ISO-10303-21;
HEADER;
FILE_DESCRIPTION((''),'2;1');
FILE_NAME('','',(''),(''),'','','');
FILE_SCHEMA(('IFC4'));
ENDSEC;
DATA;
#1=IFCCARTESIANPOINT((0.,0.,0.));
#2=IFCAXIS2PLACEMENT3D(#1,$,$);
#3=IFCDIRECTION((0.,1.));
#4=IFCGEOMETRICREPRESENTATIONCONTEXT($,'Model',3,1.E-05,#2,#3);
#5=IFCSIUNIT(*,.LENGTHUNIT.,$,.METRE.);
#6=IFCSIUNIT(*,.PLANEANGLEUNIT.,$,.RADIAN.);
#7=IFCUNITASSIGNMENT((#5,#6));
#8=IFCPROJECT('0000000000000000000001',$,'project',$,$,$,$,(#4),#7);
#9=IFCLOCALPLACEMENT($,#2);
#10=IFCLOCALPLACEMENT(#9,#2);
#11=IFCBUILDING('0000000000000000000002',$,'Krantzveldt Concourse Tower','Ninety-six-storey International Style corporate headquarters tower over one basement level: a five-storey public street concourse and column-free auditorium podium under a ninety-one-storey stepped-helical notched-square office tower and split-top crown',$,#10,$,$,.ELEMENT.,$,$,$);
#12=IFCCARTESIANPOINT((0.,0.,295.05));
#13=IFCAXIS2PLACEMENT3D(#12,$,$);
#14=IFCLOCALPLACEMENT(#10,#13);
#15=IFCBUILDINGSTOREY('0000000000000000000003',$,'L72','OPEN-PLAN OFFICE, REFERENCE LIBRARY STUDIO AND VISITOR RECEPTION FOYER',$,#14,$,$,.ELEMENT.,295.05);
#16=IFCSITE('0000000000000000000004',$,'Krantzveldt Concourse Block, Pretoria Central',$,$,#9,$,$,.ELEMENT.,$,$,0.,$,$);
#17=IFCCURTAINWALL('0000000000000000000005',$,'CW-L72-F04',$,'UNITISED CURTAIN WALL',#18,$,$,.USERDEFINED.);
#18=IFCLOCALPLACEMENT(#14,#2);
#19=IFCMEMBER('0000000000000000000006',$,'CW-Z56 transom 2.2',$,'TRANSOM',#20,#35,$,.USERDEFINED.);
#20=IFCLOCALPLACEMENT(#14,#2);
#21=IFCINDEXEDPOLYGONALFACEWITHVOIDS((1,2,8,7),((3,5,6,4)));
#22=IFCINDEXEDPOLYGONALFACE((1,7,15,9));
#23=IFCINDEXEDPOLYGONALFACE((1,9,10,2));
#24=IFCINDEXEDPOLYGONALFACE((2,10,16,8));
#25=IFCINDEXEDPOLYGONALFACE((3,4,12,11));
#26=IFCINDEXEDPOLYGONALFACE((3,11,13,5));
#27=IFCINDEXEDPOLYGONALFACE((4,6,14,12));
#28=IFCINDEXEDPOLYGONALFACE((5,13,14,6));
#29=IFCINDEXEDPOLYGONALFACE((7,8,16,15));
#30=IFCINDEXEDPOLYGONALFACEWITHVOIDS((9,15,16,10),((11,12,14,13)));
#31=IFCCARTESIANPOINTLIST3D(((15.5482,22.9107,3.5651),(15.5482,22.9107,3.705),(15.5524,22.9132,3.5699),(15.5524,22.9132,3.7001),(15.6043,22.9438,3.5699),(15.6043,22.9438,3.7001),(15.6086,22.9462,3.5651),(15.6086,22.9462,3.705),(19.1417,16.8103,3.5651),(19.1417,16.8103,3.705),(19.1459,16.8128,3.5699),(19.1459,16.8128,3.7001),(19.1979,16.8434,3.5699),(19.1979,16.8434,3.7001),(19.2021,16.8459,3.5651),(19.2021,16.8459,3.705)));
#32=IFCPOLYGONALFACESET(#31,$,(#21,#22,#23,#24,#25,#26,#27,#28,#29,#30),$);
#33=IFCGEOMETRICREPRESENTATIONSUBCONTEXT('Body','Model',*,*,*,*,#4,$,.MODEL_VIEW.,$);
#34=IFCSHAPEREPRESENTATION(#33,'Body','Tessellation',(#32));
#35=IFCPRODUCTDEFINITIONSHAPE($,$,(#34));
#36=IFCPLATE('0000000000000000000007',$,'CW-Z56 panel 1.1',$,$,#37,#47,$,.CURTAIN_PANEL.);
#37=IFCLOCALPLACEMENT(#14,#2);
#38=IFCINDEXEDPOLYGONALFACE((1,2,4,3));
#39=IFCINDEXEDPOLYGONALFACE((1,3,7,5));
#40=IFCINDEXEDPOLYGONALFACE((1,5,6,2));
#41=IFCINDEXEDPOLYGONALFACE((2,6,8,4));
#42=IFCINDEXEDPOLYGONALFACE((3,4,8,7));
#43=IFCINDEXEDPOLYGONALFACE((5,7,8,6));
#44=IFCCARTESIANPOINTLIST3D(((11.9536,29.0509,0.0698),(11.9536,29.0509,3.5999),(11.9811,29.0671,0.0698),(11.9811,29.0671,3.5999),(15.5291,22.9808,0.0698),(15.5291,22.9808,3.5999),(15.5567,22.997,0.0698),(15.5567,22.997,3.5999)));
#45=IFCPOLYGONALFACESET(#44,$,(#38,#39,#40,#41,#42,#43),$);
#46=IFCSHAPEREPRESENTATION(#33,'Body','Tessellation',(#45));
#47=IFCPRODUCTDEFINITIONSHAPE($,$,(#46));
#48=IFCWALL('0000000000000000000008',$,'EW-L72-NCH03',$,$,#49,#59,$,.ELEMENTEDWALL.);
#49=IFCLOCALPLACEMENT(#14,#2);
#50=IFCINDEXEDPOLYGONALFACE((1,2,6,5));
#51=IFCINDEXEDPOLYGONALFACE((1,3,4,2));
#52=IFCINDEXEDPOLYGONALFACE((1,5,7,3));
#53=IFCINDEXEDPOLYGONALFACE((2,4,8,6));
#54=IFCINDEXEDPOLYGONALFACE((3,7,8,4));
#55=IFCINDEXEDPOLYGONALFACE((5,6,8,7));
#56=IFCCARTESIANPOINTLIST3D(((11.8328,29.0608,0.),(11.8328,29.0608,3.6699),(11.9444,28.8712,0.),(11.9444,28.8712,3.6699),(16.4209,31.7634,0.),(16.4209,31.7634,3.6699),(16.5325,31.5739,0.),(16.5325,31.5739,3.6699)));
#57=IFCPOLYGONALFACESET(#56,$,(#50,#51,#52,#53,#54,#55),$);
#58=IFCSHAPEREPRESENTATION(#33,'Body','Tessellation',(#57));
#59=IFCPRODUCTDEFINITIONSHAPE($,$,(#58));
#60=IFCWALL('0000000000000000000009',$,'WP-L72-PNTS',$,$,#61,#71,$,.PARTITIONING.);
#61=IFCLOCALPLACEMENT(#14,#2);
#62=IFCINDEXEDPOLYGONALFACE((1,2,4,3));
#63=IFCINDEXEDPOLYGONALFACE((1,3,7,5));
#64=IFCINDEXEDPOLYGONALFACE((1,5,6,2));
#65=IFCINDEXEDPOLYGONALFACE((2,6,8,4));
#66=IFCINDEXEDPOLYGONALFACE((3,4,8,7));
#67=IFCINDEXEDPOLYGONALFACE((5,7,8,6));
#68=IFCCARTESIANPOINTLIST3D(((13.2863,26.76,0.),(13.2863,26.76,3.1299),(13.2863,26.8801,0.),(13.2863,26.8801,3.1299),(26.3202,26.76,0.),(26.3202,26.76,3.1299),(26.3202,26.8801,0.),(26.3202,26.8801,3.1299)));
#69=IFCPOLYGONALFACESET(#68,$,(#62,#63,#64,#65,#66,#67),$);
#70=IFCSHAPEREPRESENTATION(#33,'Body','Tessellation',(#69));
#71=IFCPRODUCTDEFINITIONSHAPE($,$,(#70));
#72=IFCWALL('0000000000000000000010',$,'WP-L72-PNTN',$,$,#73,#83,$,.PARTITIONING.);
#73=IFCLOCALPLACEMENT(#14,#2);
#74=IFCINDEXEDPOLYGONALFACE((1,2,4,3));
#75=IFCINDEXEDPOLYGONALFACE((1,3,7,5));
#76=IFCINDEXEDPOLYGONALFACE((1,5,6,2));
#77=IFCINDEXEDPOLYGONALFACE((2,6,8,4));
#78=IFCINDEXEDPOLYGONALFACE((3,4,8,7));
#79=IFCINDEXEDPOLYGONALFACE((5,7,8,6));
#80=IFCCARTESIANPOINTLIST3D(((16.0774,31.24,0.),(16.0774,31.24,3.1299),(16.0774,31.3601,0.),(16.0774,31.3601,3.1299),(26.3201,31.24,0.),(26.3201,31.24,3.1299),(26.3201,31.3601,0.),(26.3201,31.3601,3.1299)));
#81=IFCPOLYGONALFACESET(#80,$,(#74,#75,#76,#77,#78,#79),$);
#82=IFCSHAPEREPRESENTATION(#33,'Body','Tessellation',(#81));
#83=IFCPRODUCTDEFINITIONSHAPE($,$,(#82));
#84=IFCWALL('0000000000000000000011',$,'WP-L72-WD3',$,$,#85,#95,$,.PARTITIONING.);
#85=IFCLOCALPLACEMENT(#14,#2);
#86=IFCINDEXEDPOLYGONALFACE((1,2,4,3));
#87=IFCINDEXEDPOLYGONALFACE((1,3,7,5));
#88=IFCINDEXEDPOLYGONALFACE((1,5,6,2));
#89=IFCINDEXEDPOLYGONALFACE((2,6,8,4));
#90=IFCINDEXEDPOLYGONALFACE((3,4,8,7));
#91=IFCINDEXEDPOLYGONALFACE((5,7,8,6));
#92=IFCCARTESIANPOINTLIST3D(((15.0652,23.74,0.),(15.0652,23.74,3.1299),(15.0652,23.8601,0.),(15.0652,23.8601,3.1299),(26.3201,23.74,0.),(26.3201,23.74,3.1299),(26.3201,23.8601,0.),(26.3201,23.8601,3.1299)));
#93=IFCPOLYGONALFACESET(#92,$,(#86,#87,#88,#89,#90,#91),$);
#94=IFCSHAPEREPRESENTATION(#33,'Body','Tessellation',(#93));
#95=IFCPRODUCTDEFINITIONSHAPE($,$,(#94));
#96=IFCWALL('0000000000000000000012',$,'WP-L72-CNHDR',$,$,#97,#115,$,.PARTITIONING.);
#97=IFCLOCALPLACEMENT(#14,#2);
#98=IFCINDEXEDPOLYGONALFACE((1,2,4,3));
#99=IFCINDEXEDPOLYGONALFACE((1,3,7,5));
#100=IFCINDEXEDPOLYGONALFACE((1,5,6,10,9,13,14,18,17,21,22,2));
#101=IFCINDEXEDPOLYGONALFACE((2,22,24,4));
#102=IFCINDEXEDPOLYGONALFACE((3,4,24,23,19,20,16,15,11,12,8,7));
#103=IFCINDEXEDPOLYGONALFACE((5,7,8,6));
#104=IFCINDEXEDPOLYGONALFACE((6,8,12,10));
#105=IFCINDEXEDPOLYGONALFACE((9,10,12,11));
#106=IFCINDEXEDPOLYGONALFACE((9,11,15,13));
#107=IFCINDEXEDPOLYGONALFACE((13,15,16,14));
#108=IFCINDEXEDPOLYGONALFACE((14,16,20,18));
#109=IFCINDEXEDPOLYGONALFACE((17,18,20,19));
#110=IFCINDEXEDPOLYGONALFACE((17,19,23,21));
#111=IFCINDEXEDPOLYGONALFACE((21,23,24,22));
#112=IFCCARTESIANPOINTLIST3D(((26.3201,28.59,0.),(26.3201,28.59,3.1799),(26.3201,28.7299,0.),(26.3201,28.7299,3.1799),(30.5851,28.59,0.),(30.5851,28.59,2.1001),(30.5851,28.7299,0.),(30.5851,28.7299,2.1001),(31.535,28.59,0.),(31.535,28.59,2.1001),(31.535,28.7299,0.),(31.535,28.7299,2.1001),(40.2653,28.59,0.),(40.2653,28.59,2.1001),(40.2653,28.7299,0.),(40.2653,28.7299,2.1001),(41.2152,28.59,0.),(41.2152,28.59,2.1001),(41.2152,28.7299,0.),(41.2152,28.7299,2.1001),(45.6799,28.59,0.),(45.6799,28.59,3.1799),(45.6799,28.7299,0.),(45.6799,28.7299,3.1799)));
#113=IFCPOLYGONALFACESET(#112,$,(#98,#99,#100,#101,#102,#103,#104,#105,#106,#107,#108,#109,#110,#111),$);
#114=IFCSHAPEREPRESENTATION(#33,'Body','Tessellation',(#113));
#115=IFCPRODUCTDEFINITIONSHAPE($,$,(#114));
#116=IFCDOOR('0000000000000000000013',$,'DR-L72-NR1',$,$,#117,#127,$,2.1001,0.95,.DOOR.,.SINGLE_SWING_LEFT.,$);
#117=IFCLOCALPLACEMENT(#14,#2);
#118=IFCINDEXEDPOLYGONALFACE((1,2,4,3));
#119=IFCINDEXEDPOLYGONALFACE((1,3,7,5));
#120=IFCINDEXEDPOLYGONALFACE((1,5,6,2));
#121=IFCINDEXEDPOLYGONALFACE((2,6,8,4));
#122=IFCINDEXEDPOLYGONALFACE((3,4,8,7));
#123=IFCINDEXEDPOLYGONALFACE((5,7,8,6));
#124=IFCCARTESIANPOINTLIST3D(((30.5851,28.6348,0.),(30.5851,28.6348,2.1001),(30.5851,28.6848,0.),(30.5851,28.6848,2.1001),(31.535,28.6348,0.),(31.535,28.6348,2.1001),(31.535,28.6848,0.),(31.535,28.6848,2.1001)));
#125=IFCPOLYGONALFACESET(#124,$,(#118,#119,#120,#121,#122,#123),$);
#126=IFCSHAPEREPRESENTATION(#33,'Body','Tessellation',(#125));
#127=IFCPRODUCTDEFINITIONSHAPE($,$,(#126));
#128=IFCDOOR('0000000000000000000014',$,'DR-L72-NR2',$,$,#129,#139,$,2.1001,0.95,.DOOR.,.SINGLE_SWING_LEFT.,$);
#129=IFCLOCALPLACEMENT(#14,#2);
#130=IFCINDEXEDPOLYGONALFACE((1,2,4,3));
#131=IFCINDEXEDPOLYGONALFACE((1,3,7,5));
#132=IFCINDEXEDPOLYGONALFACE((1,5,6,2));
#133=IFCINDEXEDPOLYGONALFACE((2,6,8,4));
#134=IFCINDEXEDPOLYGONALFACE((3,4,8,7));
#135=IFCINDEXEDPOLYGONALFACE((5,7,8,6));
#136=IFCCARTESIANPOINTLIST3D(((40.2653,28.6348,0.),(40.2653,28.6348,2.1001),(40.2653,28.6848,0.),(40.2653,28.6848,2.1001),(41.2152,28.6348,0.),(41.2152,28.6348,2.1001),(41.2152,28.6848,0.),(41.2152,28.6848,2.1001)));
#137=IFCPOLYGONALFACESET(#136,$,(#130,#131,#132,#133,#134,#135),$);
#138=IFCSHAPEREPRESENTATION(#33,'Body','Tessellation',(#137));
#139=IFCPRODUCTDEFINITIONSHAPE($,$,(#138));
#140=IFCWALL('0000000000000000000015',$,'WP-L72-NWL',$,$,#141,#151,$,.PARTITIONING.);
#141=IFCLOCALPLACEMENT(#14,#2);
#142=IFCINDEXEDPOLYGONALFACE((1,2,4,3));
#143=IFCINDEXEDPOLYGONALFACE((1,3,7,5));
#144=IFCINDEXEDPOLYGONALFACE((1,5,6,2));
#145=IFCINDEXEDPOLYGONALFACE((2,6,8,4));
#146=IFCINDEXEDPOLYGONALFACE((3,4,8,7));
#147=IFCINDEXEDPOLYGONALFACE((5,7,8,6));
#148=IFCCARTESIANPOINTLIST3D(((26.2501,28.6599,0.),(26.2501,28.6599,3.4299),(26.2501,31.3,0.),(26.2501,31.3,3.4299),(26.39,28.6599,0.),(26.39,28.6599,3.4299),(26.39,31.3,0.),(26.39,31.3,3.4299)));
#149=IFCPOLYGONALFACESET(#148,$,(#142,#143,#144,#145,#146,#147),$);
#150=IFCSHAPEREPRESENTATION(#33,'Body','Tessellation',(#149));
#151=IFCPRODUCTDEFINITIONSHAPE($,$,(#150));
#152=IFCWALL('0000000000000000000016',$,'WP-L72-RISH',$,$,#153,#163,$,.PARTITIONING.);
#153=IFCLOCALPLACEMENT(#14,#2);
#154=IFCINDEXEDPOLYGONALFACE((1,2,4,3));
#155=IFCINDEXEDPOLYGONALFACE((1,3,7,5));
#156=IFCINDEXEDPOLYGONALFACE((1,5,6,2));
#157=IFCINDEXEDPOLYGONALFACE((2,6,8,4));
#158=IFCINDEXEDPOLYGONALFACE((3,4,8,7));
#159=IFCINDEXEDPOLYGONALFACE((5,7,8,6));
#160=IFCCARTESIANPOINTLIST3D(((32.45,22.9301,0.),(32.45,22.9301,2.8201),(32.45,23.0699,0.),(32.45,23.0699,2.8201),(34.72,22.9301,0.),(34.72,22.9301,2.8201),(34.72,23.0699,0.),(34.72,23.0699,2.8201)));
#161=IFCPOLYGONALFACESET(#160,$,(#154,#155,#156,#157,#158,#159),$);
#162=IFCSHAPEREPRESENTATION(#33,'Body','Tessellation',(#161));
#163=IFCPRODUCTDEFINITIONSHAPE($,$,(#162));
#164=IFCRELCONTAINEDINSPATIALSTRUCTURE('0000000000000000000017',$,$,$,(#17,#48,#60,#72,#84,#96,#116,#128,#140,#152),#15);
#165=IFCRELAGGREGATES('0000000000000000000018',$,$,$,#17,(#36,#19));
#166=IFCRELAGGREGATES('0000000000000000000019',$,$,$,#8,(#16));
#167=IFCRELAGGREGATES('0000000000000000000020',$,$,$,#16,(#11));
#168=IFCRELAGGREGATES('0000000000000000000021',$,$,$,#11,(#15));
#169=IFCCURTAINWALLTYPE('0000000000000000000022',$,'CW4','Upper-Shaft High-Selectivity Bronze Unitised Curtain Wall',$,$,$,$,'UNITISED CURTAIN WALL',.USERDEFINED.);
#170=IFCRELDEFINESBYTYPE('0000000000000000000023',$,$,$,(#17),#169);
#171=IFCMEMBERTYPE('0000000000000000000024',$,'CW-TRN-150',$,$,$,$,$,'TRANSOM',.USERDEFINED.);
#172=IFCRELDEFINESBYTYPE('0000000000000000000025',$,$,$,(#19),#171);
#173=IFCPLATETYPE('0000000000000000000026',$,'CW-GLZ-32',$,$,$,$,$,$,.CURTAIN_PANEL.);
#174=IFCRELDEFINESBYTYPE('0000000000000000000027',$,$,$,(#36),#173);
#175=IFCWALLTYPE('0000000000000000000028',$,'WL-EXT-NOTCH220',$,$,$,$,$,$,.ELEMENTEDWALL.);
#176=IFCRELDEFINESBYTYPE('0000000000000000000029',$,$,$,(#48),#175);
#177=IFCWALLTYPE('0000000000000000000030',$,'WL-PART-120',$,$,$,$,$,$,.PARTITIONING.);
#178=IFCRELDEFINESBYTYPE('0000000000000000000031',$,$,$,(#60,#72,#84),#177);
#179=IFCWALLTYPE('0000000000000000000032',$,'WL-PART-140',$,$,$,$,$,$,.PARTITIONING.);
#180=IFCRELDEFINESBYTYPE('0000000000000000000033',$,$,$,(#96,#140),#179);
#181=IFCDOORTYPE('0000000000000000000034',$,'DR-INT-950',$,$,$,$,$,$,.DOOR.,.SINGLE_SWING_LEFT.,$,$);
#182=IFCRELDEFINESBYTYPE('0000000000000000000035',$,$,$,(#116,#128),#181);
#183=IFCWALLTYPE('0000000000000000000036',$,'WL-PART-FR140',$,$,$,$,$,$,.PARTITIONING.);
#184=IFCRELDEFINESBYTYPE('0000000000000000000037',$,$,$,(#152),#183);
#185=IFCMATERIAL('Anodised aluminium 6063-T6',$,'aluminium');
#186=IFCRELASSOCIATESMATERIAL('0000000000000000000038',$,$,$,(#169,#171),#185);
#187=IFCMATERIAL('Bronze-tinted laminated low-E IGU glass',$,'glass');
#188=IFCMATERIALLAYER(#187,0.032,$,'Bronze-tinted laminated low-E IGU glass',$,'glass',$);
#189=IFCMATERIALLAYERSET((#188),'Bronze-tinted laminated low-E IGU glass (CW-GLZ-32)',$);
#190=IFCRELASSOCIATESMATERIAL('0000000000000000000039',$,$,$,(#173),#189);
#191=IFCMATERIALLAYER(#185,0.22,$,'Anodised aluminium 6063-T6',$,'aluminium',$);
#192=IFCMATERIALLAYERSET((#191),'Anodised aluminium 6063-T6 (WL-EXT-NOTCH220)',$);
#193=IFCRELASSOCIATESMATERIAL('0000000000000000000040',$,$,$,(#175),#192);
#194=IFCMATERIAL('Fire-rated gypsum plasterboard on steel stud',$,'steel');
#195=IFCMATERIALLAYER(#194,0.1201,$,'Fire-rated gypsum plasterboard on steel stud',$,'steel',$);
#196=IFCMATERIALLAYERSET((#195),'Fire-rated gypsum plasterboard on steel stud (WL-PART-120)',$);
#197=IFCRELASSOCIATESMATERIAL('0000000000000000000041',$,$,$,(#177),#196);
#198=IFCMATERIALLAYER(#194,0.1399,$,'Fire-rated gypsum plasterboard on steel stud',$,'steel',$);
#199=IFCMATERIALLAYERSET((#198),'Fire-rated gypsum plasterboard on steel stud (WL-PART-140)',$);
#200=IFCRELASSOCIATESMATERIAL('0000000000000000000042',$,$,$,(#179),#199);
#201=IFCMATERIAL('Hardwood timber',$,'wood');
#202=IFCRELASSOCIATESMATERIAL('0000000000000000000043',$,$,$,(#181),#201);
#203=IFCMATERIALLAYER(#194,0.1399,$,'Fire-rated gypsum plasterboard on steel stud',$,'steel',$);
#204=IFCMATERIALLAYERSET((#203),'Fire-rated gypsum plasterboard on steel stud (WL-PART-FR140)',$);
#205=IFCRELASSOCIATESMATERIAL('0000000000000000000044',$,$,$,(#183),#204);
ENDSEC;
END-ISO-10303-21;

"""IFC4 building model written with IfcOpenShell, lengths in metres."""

from ifc_helpers import new_model, si_unit, direction, frame, frame_2d, origin, origin_2d, place, context, subcontext, project, spatial, rectangle, hollow_rectangle, extrude, source, transform, mapped, material, layer, layer_set, material_profile, profile_set, type_object, type_shapes, element, fill, aggregate, save


model = new_model("IFC4")

# Units and contexts
model_context = context("Model", 3, precision=1e-05, world=origin(), true_north=direction((0.0, 1.0)))
body_context = subcontext(model_context, "Body", "Model", "MODEL_VIEW")
ifc_project = project(units=[si_unit("LENGTHUNIT", "METRE"), si_unit("PLANEANGLEUNIT", "RADIAN")], contexts=[model_context])

# Site, building, storey
site_placement = place(None, origin())
site = spatial("IfcSite", under=ifc_project, at=site_placement, Name="Krantzveldt Concourse Block, Pretoria Central", CompositionType="ELEMENT", RefElevation=0.0)
building_placement = place(site_placement, origin())
building = spatial("IfcBuilding", under=site, at=building_placement, Name="Krantzveldt Concourse Tower", Description="Ninety-six-storey International Style corporate headquarters tower over one basement level: a five-storey public street concourse and column-free auditorium podium under a ninety-one-storey stepped-helical notched-square office tower and split-top crown", CompositionType="ELEMENT")
storey_placement = place(building_placement, frame((0.0, 0.0, 295.05)))
storey = spatial("IfcBuildingStorey", under=building, at=storey_placement, Name="L72", Description="OPEN-PLAN OFFICE, REFERENCE LIBRARY STUDIO AND VISITOR RECEPTION FOYER", CompositionType="ELEMENT", Elevation=295.05)

# Curtain wall, member, plate
ifc_material_1 = material(Name="Anodised aluminium 6063-T6", Category="aluminium")
curtain_wall_type = type_object("IfcCurtainWallType", Name="CW4", Description="Upper-Shaft High-Selectivity Bronze Unitised Curtain Wall", ElementType="UNITISED CURTAIN WALL", PredefinedType="USERDEFINED", material=ifc_material_1)
curtain_wall_placement = place(storey_placement, origin())
curtain_wall = element("IfcCurtainWall", 1, at=curtain_wall_placement, inside=storey, type_object=curtain_wall_type, Name="CW-L72-F04", ObjectType="UNITISED CURTAIN WALL", PredefinedType="USERDEFINED")
ifc_material_profile_1 = material_profile(ifc_material_1, hollow_rectangle(XDim=0.0701, YDim=0.1399, WallThickness=0.0049, at=origin_2d()), Name="Anodised aluminium 6063-T6", Category="aluminium")
ifc_profile_set_1 = profile_set([ifc_material_profile_1], Name="Anodised aluminium 6063-T6 - ALU-TRAN 140x70x5")
member_type_1 = type_object("IfcMemberType", Name="CW-TRN-150", ElementType="TRANSOM", PredefinedType="USERDEFINED", material=ifc_profile_set_1)
shared_shape_1 = source(origin(), body_context, "Body", "SweptSolid", [
    extrude(hollow_rectangle(XDim=0.0701, YDim=0.1399, WallThickness=0.0049, at=origin_2d()), origin(), (0.0, 0.0, 1.0), 7.0801),
])
member_1_placement = place(storey_placement, frame((15.5784, 22.9285, 3.635), z_axis=(0.507552, -0.861621, 0.0), x_axis=(0.861621, 0.507552, 0.0)))
member_1 = element("IfcMember", 2, at=member_1_placement, type_object=member_type_1, Name="CW-Z56 transom 2.2", ObjectType="TRANSOM", PredefinedType="USERDEFINED", context=body_context, shape_type="MappedRepresentation", body=[
    mapped(shared_shape_1, transform((0.0, 0.0, 0.0), x_axis=(1.0, 0.0, 0.0), y_axis=(0.0, 1.0, 0.0), z_axis=(0.0, 0.0, 1.0), scale=1.0)),
])
ifc_material_2 = material(Name="Bronze-tinted laminated low-E IGU glass", Category="glass")
ifc_layer_1 = layer(ifc_material_2, 0.032, Name="Bronze-tinted laminated low-E IGU glass", Category="glass")
ifc_layer_set_1 = layer_set([ifc_layer_1], Name="Bronze-tinted laminated low-E IGU glass (CW-GLZ-32)")
plate_type = type_object("IfcPlateType", Name="CW-GLZ-32", PredefinedType="CURTAIN_PANEL", material=ifc_layer_set_1)
shared_shape_2 = source(origin(), body_context, "Body", "SweptSolid", [
    extrude(rectangle(XDim=7.0449, YDim=0.032, at=origin_2d()), origin(), (0.0, 0.0, 1.0), 3.53),
])
type_shapes(plate_type, [shared_shape_2])
plate_placement = place(storey_placement, frame((13.7551, 26.0239, 0.0698), z_axis=(0.0, 0.0, 1.0), x_axis=(0.507538, -0.861629, 0.0)))
plate = element("IfcPlate", 3, at=plate_placement, type_object=plate_type, Name="CW-Z56 panel 1.1", PredefinedType="CURTAIN_PANEL", context=body_context, shape_type="MappedRepresentation", body=[
    mapped(shared_shape_2, transform((0.0, 0.0, 0.0), x_axis=(1.0, 0.0, 0.0), y_axis=(0.0, 1.0, 0.0), z_axis=(0.0, 0.0, 1.0), scale=1.0)),
])
aggregate(curtain_wall, [plate, member_1])

# Walls
ifc_layer_2 = layer(ifc_material_1, 0.22, Name="Anodised aluminium 6063-T6", Category="aluminium")
ifc_layer_set_2 = layer_set([ifc_layer_2], Name="Anodised aluminium 6063-T6 (WL-EXT-NOTCH220)")
wall_type_1 = type_object("IfcWallType", Name="WL-EXT-NOTCH220", PredefinedType="ELEMENTEDWALL", material=ifc_layer_set_2)
wall_1_placement = place(storey_placement, frame((16.4768, 31.6687, 0.0), z_axis=(0.0, 0.0, 1.0), x_axis=(-0.861628, -0.507541, 0.0)))
element("IfcWall", 4, at=wall_1_placement, inside=storey, type_object=wall_type_1, Name="EW-L72-NCH03", PredefinedType="ELEMENTEDWALL", context=body_context, shape_type="SweptSolid", body=[
    extrude(rectangle(XDim=5.325, YDim=0.22, at=frame_2d((2.6626, 0.0))), origin(), (0.0, 0.0, 1.0), 3.6699),
])
ifc_material_3 = material(Name="Fire-rated gypsum plasterboard on steel stud", Category="steel")
ifc_layer_3 = layer(ifc_material_3, 0.1201, Name="Fire-rated gypsum plasterboard on steel stud", Category="steel")
ifc_layer_set_3 = layer_set([ifc_layer_3], Name="Fire-rated gypsum plasterboard on steel stud (WL-PART-120)")
wall_type_2 = type_object("IfcWallType", Name="WL-PART-120", PredefinedType="PARTITIONING", material=ifc_layer_set_3)
wall_2_placement = place(storey_placement, frame((13.2861, 26.8201, 0.0), z_axis=(0.0, 0.0, 1.0), x_axis=(1.0, 0.0, 0.0)))
element("IfcWall", 5, at=wall_2_placement, inside=storey, type_object=wall_type_2, Name="WP-L72-PNTS", PredefinedType="PARTITIONING", context=body_context, shape_type="SweptSolid", body=[
    extrude(rectangle(XDim=13.0339, YDim=0.1201, at=frame_2d((6.5171, 0.0))), origin(), (0.0, 0.0, 1.0), 3.1299),
])
wall_3_placement = place(storey_placement, frame((16.0774, 31.3, 0.0), z_axis=(0.0, 0.0, 1.0), x_axis=(1.0, 0.0, 0.0)))
element("IfcWall", 6, at=wall_3_placement, inside=storey, type_object=wall_type_2, Name="WP-L72-PNTN", PredefinedType="PARTITIONING", context=body_context, shape_type="SweptSolid", body=[
    extrude(rectangle(XDim=10.2427, YDim=0.1201, at=frame_2d((5.1213, 0.0))), origin(), (0.0, 0.0, 1.0), 3.1299),
])
wall_4_placement = place(storey_placement, frame((15.0652, 23.8, 0.0), z_axis=(0.0, 0.0, 1.0), x_axis=(1.0, 0.0, 0.0)))
element("IfcWall", 7, at=wall_4_placement, inside=storey, type_object=wall_type_2, Name="WP-L72-WD3", PredefinedType="PARTITIONING", context=body_context, shape_type="SweptSolid", body=[
    extrude(rectangle(XDim=11.2549, YDim=0.1201, at=frame_2d((5.6274, 0.0))), origin(), (0.0, 0.0, 1.0), 3.1299),
])

# Wall, openings, doors
ifc_layer_4 = layer(ifc_material_3, 0.1399, Name="Fire-rated gypsum plasterboard on steel stud", Category="steel")
ifc_layer_set_4 = layer_set([ifc_layer_4], Name="Fire-rated gypsum plasterboard on steel stud (WL-PART-140)")
wall_type_3 = type_object("IfcWallType", Name="WL-PART-140", PredefinedType="PARTITIONING", material=ifc_layer_set_4)
wall_5_placement = place(storey_placement, frame((26.3201, 28.6599, 0.0), z_axis=(0.0, 0.0, 1.0), x_axis=(1.0, 0.0, 0.0)))
wall_5 = element("IfcWall", 8, at=wall_5_placement, inside=storey, type_object=wall_type_3, Name="WP-L72-CNHDR", PredefinedType="PARTITIONING", context=body_context, shape_type="SweptSolid", body=[
    extrude(rectangle(XDim=19.3599, YDim=0.1399, at=frame_2d((9.6799, 0.0))), origin(), (0.0, 0.0, 1.0), 3.1799),
])
opening_1_placement = place(wall_5_placement, frame((4.2649, 0.0, 0.0)))
opening_1 = element("IfcOpeningElement", 9, at=opening_1_placement, cuts=wall_5, PredefinedType="OPENING", context=body_context, shape_type="SweptSolid", body=[
    extrude(rectangle(XDim=0.95, YDim=2.1001, at=frame_2d((0.4751, 1.05))), frame((0.0, 0.0801, 0.0), z_axis=(0.0, -1.0, 0.0), x_axis=(1.0, 0.0, 0.0)), (0.0, 0.0, 1.0), 0.1599),
])
opening_2_placement = place(wall_5_placement, frame((13.9451, 0.0, 0.0)))
opening_2 = element("IfcOpeningElement", 10, at=opening_2_placement, cuts=wall_5, PredefinedType="OPENING", context=body_context, shape_type="SweptSolid", body=[
    extrude(rectangle(XDim=0.95, YDim=2.1001, at=frame_2d((0.4751, 1.05))), frame((0.0, 0.0801, 0.0), z_axis=(0.0, -1.0, 0.0), x_axis=(1.0, 0.0, 0.0)), (0.0, 0.0, 1.0), 0.1599),
])
ifc_material_4 = material(Name="Hardwood timber", Category="wood")
door_type_1 = type_object("IfcDoorType", Name="DR-INT-950", OperationType="SINGLE_SWING_LEFT", PredefinedType="DOOR", material=ifc_material_4)
door_1_placement = place(opening_1_placement, origin())
door_1 = element("IfcDoor", 11, at=door_1_placement, inside=storey, type_object=door_type_1, Name="DR-L72-NR1", OperationType="SINGLE_SWING_LEFT", OverallHeight=2.1001, OverallWidth=0.95, PredefinedType="DOOR", context=body_context, shape_type="SweptSolid", body=[
    extrude(rectangle(XDim=0.95, YDim=2.1001, at=frame_2d((0.4751, 1.05))), frame((0.0, 0.0249, 0.0), z_axis=(0.0, -1.0, 0.0), x_axis=(1.0, 0.0, 0.0)), (0.0, 0.0, 1.0), 0.05),
])
fill(opening_1, door_1)
door_2_placement = place(opening_2_placement, origin())
door_2 = element("IfcDoor", 12, at=door_2_placement, inside=storey, type_object=door_type_1, Name="DR-L72-NR2", OperationType="SINGLE_SWING_LEFT", OverallHeight=2.1001, OverallWidth=0.95, PredefinedType="DOOR", context=body_context, shape_type="SweptSolid", body=[
    extrude(rectangle(XDim=0.95, YDim=2.1001, at=frame_2d((0.4751, 1.05))), frame((0.0, 0.0249, 0.0), z_axis=(0.0, -1.0, 0.0), x_axis=(1.0, 0.0, 0.0)), (0.0, 0.0, 1.0), 0.05),
])
fill(opening_2, door_2)

# Walls
wall_6_placement = place(storey_placement, frame((26.3201, 28.6599, 0.0), z_axis=(0.0, 0.0, 1.0), x_axis=(0.0, 1.0, 0.0)))
element("IfcWall", 13, at=wall_6_placement, inside=storey, type_object=wall_type_3, Name="WP-L72-NWL", PredefinedType="PARTITIONING", context=body_context, shape_type="SweptSolid", body=[
    extrude(rectangle(XDim=2.6401, YDim=0.1399, at=frame_2d((1.3201, 0.0))), origin(), (0.0, 0.0, 1.0), 3.4299),
])
ifc_layer_5 = layer(ifc_material_3, 0.1399, Name="Fire-rated gypsum plasterboard on steel stud", Category="steel")
ifc_layer_set_5 = layer_set([ifc_layer_5], Name="Fire-rated gypsum plasterboard on steel stud (WL-PART-FR140)")
wall_type_4 = type_object("IfcWallType", Name="WL-PART-FR140", PredefinedType="PARTITIONING", material=ifc_layer_set_5)
wall_7_placement = place(storey_placement, frame((32.45, 23.0, 0.0), z_axis=(0.0, 0.0, 1.0), x_axis=(1.0, 0.0, 0.0)))
element("IfcWall", 14, at=wall_7_placement, inside=storey, type_object=wall_type_4, Name="WP-L72-RISH", PredefinedType="PARTITIONING", context=body_context, shape_type="SweptSolid", body=[
    extrude(rectangle(XDim=2.27, YDim=0.1399, at=frame_2d((1.135, 0.0))), origin(), (0.0, 0.0, 1.0), 2.8201),
])

save(model, "model.ifc")
